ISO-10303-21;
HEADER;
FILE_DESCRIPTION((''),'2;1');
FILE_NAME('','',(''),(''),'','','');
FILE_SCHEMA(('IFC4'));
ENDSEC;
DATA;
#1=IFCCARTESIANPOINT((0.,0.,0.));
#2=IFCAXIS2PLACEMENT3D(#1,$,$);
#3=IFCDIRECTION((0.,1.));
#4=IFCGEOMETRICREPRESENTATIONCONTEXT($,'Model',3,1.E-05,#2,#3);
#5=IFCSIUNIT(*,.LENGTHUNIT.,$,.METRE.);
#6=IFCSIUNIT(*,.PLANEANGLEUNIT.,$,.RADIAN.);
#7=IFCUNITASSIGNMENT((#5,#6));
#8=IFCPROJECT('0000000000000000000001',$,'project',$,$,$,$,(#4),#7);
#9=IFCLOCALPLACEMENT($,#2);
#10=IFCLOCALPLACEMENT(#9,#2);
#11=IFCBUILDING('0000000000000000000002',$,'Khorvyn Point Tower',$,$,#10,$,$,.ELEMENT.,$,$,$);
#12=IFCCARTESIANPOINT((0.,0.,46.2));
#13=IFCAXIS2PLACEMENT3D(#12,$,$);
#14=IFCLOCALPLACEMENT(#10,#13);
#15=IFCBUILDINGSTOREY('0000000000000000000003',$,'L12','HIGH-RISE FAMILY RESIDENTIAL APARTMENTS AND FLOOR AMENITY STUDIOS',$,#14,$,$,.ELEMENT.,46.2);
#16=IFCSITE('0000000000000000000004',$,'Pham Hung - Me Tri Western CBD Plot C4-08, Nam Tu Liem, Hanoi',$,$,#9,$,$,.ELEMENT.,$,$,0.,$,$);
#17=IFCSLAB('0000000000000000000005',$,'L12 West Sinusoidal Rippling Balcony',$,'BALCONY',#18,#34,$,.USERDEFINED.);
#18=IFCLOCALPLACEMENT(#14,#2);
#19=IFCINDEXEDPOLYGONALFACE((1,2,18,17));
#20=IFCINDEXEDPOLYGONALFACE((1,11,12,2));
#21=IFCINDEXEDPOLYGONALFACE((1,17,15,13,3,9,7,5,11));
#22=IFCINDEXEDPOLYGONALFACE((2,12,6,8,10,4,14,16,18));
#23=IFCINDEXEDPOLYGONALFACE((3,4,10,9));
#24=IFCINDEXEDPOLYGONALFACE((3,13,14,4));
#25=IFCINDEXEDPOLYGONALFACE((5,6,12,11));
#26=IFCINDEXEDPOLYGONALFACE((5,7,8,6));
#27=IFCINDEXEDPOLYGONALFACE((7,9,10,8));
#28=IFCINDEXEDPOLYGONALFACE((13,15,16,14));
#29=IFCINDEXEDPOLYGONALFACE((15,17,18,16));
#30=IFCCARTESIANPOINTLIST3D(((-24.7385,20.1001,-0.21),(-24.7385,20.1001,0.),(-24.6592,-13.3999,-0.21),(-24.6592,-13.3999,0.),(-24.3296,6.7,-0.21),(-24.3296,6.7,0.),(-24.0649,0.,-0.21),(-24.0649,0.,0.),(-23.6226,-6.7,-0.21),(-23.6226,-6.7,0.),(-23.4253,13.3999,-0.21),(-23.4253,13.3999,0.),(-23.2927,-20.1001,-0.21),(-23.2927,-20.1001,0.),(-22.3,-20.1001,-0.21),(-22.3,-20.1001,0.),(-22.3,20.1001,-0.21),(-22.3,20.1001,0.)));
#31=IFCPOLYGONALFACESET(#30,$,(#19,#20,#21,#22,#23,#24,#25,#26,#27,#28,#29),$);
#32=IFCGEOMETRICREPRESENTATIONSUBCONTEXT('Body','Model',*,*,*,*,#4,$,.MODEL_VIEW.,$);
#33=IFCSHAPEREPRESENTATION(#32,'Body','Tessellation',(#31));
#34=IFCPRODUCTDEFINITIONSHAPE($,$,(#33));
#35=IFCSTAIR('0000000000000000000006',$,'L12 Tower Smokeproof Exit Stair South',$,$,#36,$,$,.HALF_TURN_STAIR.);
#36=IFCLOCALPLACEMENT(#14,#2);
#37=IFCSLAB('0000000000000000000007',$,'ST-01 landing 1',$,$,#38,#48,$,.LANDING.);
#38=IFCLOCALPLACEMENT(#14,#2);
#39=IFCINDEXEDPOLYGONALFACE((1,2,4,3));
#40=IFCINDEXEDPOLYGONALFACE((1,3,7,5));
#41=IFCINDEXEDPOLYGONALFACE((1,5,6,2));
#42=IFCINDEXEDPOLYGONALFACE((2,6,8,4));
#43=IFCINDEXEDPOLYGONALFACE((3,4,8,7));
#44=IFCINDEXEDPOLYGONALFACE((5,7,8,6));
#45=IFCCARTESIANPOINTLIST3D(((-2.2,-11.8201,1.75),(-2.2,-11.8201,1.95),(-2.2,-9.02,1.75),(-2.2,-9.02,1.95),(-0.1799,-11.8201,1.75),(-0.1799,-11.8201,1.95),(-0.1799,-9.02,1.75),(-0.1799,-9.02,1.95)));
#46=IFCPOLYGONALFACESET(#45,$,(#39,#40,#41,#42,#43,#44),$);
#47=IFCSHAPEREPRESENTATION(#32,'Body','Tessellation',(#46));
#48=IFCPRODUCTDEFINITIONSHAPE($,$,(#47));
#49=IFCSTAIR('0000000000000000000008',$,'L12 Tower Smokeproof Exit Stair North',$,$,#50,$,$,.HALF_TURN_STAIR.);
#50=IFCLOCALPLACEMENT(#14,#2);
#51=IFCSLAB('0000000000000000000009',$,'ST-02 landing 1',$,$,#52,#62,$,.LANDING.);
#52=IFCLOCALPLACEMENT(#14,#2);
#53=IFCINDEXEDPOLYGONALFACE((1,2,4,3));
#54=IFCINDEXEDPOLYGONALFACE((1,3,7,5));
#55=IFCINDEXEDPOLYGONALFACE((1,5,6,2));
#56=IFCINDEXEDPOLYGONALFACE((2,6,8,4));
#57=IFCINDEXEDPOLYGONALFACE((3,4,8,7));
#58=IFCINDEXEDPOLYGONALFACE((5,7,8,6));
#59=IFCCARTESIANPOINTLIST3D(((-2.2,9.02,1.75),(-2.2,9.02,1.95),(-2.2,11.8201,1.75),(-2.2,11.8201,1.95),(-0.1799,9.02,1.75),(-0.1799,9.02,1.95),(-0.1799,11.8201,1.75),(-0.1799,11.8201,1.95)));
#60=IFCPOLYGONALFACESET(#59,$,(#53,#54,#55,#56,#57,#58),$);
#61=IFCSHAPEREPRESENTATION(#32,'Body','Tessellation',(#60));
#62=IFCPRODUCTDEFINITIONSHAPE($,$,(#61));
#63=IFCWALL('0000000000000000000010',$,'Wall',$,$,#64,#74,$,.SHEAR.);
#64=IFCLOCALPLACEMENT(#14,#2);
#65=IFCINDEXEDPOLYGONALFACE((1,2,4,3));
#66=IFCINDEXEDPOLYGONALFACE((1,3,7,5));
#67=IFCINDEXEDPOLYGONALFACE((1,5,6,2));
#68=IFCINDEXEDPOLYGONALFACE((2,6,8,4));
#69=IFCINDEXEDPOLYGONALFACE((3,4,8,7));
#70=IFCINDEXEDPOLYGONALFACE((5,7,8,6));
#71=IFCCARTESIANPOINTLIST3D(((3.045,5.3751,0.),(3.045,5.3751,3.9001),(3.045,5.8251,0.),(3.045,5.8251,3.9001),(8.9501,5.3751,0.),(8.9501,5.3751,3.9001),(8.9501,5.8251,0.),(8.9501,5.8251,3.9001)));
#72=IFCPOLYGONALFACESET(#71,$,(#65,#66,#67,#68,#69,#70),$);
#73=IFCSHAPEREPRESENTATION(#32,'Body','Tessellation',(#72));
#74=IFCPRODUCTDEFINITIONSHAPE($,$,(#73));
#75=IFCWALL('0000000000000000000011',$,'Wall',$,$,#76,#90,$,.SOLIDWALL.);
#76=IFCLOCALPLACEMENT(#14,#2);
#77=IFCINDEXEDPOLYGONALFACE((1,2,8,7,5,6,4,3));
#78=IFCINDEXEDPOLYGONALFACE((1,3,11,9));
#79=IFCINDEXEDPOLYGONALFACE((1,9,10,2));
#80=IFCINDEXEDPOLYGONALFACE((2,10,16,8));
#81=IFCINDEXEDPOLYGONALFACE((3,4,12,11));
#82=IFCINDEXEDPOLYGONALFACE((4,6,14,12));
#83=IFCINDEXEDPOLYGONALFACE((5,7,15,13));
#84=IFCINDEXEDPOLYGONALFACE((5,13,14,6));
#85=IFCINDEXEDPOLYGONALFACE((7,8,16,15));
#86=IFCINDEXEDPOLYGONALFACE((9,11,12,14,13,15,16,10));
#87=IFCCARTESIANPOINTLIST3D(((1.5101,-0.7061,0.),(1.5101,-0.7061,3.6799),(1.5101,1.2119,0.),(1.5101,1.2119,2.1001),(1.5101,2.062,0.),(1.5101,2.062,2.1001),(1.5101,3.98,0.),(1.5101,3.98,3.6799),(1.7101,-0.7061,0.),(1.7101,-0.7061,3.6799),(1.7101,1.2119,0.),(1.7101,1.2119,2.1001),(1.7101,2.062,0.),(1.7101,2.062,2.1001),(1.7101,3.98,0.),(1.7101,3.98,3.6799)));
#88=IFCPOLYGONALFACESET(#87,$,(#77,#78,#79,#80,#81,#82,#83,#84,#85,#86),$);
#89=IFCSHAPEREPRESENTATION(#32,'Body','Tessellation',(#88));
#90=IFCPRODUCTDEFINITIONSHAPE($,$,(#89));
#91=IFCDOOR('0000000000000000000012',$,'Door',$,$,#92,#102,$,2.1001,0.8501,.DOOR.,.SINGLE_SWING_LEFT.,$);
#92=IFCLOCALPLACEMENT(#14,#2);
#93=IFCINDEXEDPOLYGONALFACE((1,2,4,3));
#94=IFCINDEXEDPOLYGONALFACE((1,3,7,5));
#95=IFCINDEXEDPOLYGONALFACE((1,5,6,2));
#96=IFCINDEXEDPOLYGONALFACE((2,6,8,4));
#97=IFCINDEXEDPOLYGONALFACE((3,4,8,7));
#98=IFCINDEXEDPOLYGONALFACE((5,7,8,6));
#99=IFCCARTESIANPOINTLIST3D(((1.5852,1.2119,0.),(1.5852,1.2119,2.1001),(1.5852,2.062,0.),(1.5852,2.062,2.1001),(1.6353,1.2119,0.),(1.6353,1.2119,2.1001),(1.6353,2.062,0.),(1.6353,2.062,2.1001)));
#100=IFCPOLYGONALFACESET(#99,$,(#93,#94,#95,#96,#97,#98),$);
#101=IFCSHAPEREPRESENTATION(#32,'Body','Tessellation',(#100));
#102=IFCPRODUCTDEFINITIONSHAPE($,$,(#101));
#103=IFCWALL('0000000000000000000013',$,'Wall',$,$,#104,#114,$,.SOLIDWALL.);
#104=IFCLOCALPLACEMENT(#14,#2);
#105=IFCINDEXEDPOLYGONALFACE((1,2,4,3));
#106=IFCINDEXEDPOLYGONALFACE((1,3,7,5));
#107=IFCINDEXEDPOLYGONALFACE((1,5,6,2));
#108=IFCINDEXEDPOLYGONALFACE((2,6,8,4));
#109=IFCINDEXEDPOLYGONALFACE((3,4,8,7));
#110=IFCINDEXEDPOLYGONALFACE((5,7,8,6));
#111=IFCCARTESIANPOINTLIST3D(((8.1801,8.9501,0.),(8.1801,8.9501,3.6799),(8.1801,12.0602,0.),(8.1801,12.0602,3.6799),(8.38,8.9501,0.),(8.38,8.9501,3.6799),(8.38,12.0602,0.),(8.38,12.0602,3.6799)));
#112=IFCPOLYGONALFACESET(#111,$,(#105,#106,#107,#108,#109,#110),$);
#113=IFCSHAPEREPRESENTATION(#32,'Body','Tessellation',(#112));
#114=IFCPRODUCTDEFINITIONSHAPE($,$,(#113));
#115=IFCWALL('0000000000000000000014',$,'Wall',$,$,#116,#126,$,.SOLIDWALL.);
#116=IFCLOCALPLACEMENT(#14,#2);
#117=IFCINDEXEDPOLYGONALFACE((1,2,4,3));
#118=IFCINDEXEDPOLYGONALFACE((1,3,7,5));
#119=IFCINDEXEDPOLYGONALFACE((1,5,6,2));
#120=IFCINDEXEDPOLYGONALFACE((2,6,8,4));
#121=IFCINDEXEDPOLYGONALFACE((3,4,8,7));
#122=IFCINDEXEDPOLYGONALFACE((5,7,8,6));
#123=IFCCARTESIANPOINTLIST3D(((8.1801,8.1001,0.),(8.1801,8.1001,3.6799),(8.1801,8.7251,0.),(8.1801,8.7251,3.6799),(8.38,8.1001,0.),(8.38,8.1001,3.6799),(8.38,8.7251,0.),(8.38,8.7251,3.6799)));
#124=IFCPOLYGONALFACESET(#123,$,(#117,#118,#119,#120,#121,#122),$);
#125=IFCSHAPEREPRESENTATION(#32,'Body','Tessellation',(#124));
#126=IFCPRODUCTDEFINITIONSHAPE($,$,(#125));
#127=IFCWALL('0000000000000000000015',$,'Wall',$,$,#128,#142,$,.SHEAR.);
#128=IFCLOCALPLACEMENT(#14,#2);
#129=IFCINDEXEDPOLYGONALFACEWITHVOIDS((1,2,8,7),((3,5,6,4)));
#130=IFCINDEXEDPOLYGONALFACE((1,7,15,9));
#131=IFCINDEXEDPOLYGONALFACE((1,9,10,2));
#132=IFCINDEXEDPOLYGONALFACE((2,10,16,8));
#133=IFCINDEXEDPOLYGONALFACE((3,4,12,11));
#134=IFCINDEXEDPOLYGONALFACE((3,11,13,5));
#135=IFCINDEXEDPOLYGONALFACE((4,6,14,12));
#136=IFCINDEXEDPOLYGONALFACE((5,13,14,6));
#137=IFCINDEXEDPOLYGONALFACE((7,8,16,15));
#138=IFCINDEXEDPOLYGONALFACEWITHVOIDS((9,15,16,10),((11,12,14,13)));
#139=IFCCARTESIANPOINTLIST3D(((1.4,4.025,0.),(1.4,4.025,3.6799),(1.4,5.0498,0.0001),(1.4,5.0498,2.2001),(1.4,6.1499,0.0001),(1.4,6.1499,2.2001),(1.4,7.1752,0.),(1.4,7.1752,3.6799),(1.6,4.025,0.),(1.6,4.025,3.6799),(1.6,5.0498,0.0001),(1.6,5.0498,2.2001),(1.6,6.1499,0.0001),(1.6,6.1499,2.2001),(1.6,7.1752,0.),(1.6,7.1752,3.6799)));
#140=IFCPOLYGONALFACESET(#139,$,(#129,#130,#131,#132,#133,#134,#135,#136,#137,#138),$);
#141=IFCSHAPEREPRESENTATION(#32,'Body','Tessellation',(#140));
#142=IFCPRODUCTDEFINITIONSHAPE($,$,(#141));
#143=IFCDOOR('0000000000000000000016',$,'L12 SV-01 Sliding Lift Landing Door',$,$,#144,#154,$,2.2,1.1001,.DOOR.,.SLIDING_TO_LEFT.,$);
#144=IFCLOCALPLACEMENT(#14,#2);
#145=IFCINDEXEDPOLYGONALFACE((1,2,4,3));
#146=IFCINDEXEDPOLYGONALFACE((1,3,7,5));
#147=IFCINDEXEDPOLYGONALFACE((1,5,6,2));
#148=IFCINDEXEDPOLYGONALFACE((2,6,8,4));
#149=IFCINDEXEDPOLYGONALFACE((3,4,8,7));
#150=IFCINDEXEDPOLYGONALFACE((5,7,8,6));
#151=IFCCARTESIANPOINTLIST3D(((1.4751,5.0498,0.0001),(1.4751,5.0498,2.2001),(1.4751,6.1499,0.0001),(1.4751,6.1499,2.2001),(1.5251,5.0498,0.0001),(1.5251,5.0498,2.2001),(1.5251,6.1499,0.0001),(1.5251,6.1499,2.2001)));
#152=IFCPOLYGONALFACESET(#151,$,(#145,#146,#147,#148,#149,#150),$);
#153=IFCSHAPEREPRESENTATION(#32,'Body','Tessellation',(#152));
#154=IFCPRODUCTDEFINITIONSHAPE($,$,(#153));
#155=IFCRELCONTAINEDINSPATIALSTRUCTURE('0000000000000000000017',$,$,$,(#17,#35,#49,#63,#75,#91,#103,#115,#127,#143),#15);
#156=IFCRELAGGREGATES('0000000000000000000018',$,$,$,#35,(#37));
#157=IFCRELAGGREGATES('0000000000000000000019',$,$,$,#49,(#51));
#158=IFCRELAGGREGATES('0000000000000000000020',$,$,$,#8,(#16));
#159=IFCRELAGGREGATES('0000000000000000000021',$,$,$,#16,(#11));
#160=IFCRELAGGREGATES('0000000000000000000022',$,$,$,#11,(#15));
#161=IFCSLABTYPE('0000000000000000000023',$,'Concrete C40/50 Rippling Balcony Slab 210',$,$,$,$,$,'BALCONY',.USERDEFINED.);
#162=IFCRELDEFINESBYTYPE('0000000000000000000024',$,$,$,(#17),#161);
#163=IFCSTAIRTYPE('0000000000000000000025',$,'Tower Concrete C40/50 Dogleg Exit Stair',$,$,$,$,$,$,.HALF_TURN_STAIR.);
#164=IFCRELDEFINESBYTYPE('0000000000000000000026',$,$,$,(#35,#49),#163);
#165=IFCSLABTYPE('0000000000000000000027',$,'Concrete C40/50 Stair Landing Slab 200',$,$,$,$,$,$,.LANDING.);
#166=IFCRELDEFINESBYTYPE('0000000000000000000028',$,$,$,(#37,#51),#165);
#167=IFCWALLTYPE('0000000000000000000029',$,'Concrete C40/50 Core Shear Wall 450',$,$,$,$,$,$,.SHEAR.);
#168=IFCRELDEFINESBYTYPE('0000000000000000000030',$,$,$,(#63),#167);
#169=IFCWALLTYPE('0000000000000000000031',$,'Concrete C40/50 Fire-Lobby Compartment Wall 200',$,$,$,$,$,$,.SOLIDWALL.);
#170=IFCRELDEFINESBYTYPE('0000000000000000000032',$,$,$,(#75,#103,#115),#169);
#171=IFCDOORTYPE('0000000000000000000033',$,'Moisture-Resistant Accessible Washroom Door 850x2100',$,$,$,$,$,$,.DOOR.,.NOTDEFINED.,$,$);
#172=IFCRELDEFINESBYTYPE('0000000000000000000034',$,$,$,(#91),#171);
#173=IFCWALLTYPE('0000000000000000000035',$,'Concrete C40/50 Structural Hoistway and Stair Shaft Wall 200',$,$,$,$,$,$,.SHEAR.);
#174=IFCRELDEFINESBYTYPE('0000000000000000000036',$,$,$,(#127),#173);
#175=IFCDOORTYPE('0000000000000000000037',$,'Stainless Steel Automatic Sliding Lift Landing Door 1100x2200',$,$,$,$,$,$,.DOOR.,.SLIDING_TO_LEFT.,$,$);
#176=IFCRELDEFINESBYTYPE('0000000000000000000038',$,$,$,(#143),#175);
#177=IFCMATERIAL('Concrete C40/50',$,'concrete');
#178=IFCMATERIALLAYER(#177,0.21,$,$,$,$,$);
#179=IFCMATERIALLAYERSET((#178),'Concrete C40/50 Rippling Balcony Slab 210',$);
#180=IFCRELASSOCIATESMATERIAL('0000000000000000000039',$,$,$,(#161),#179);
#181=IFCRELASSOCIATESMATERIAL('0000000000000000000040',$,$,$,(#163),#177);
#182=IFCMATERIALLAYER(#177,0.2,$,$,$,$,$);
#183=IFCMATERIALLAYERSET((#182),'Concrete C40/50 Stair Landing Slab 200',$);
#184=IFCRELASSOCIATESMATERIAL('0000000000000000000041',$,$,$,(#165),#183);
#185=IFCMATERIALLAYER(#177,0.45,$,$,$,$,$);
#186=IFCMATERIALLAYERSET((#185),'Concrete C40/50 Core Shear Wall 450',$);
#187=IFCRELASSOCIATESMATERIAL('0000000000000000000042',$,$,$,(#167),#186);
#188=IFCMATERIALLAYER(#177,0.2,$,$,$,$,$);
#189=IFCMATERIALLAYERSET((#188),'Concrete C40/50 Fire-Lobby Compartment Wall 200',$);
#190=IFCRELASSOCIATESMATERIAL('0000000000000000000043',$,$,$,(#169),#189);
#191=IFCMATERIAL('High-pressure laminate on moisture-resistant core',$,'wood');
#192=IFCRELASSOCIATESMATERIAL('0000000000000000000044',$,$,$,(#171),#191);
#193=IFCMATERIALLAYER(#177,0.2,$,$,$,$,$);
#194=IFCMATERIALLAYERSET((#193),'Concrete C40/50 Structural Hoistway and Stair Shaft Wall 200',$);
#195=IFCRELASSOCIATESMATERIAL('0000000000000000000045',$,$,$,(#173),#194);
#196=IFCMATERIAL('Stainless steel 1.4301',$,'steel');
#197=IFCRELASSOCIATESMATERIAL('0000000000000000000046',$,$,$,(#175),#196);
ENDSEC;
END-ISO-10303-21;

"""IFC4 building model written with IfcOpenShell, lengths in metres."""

from ifc_helpers import new_model, si_unit, direction, frame, frame_2d, origin, place, context, subcontext, project, spatial, polyline, rectangle, outline, extrude, material, layer, layer_set, type_object, element, fill, aggregate, save


model = new_model("IFC4")

# Units and contexts
model_context = context("Model", 3, precision=1e-05, world=origin(), true_north=direction((0.0, 1.0)))
body_context = subcontext(model_context, "Body", "Model", "MODEL_VIEW")
ifc_project = project(units=[si_unit("LENGTHUNIT", "METRE"), si_unit("PLANEANGLEUNIT", "RADIAN")], contexts=[model_context])

# Site, building, storey
site_placement = place(None, origin())
site = spatial("IfcSite", under=ifc_project, at=site_placement, Name="Pham Hung - Me Tri Western CBD Plot C4-08, Nam Tu Liem, Hanoi", CompositionType="ELEMENT", RefElevation=0.0)
building_placement = place(site_placement, origin())
building = spatial("IfcBuilding", under=site, at=building_placement, Name="Khorvyn Point Tower", CompositionType="ELEMENT")
storey_placement = place(building_placement, frame((0.0, 0.0, 46.2)))
storey = spatial("IfcBuildingStorey", under=building, at=storey_placement, Name="L12", Description="HIGH-RISE FAMILY RESIDENTIAL APARTMENTS AND FLOOR AMENITY STUDIOS", CompositionType="ELEMENT", Elevation=46.2)

# Shared definitions
ifc_material_1 = material(Name="Concrete C40/50", Category="concrete")

# Slab
ifc_layer_1 = layer(ifc_material_1, 0.21)
ifc_layer_set_1 = layer_set([ifc_layer_1], Name="Concrete C40/50 Rippling Balcony Slab 210")
slab_type_1 = type_object("IfcSlabType", Name="Concrete C40/50 Rippling Balcony Slab 210", ElementType="BALCONY", PredefinedType="USERDEFINED", material=ifc_layer_set_1)
slab_1_placement = place(storey_placement, frame((0.0, 0.0, -0.21)))
element("IfcSlab", 1, at=slab_1_placement, inside=storey, type_object=slab_type_1, Name="L12 West Sinusoidal Rippling Balcony", ObjectType="BALCONY", PredefinedType="USERDEFINED", context=body_context, shape_type="SweptSolid", body=[
    extrude(outline(polyline([(-22.3, 20.1001), (-24.7385, 20.1001), (-23.4253, 13.3999), (-24.3296, 6.7), (-24.0649, 0.0), (-23.6226, -6.7), (-24.6592, -13.3999), (-23.2927, -20.1001), (-22.3, -20.1001), (-22.3, 20.1001)])), origin(), (0.0, 0.0, 1.0), 0.21),
])

# Stairs, slabs
stair_type = type_object("IfcStairType", Name="Tower Concrete C40/50 Dogleg Exit Stair", PredefinedType="HALF_TURN_STAIR", material=ifc_material_1)
stair_1_placement = place(storey_placement, origin())
stair_1 = element("IfcStair", 2, at=stair_1_placement, inside=storey, type_object=stair_type, Name="L12 Tower Smokeproof Exit Stair South", PredefinedType="HALF_TURN_STAIR")
ifc_layer_2 = layer(ifc_material_1, 0.2)
ifc_layer_set_2 = layer_set([ifc_layer_2], Name="Concrete C40/50 Stair Landing Slab 200")
slab_type_2 = type_object("IfcSlabType", Name="Concrete C40/50 Stair Landing Slab 200", PredefinedType="LANDING", material=ifc_layer_set_2)
slab_2_placement = place(storey_placement, frame((0.0, 0.0, 1.75)))
slab_2 = element("IfcSlab", 3, at=slab_2_placement, type_object=slab_type_2, Name="ST-01 landing 1", PredefinedType="LANDING", context=body_context, shape_type="SweptSolid", body=[
    extrude(outline(polyline([(-0.1799, -9.02), (-2.2, -9.02), (-2.2, -11.8201), (-0.1799, -11.8201), (-0.1799, -9.02)])), origin(), (0.0, 0.0, 1.0), 0.2),
])
aggregate(stair_1, [slab_2])
stair_2_placement = place(storey_placement, origin())
stair_2 = element("IfcStair", 4, at=stair_2_placement, inside=storey, type_object=stair_type, Name="L12 Tower Smokeproof Exit Stair North", PredefinedType="HALF_TURN_STAIR")
slab_3_placement = place(storey_placement, frame((0.0, 0.0, 1.75)))
slab_3 = element("IfcSlab", 5, at=slab_3_placement, type_object=slab_type_2, Name="ST-02 landing 1", PredefinedType="LANDING", context=body_context, shape_type="SweptSolid", body=[
    extrude(outline(polyline([(-0.1799, 11.8201), (-2.2, 11.8201), (-2.2, 9.02), (-0.1799, 9.02), (-0.1799, 11.8201)])), origin(), (0.0, 0.0, 1.0), 0.2),
])

# Wall
ifc_layer_3 = layer(ifc_material_1, 0.45)
ifc_layer_set_3 = layer_set([ifc_layer_3], Name="Concrete C40/50 Core Shear Wall 450")
wall_type_1 = type_object("IfcWallType", Name="Concrete C40/50 Core Shear Wall 450", PredefinedType="SHEAR", material=ifc_layer_set_3)
wall_1_placement = place(storey_placement, frame((3.0449, 5.6001, 0.0), z_axis=(0.0, 0.0, 1.0), x_axis=(1.0, 0.0, 0.0)))
element("IfcWall", 6, at=wall_1_placement, inside=storey, type_object=wall_type_1, Name="Wall", PredefinedType="SHEAR", context=body_context, shape_type="SweptSolid", body=[
    extrude(rectangle(XDim=5.905, YDim=0.45, at=frame_2d((2.9526, 0.0))), origin(), (0.0, 0.0, 1.0), 3.9001),
])

# Wall, opening, door
ifc_layer_4 = layer(ifc_material_1, 0.2)
ifc_layer_set_4 = layer_set([ifc_layer_4], Name="Concrete C40/50 Fire-Lobby Compartment Wall 200")
wall_type_2 = type_object("IfcWallType", Name="Concrete C40/50 Fire-Lobby Compartment Wall 200", PredefinedType="SOLIDWALL", material=ifc_layer_set_4)
wall_2_placement = place(storey_placement, frame((1.6101, -0.7061, 0.0), z_axis=(0.0, 0.0, 1.0), x_axis=(0.0, 1.0, 0.0)))
wall_2 = element("IfcWall", 7, at=wall_2_placement, inside=storey, type_object=wall_type_2, Name="Wall", PredefinedType="SOLIDWALL", context=body_context, shape_type="SweptSolid", body=[
    extrude(rectangle(XDim=4.686, YDim=0.2, at=frame_2d((2.343, 0.0))), origin(), (0.0, 0.0, 1.0), 3.6799),
])
opening_1_placement = place(wall_2_placement, frame((1.918, 0.0, 0.0)))
opening_1 = element("IfcOpeningElement", 8, at=opening_1_placement, cuts=wall_2, PredefinedType="OPENING", context=body_context, shape_type="SweptSolid", body=[
    extrude(rectangle(XDim=0.8501, YDim=2.1001, at=frame_2d((0.425, 1.05))), frame((0.0, 0.1099, 0.0), z_axis=(0.0, -1.0, 0.0), x_axis=(1.0, 0.0, 0.0)), (0.0, 0.0, 1.0), 0.22),
])
ifc_material_2 = material(Name="High-pressure laminate on moisture-resistant core", Category="wood")
door_type_1 = type_object("IfcDoorType", Name="Moisture-Resistant Accessible Washroom Door 850x2100", OperationType="NOTDEFINED", PredefinedType="DOOR", material=ifc_material_2)
door_1_placement = place(opening_1_placement, origin())
door_1 = element("IfcDoor", 9, at=door_1_placement, inside=storey, type_object=door_type_1, Name="Door", OperationType="SINGLE_SWING_LEFT", OverallHeight=2.1001, OverallWidth=0.8501, PredefinedType="DOOR", context=body_context, shape_type="SweptSolid", body=[
    extrude(rectangle(XDim=0.8501, YDim=2.1001, at=frame_2d((0.425, 1.05))), frame((0.0, 0.0249, 0.0), z_axis=(0.0, -1.0, 0.0), x_axis=(1.0, 0.0, 0.0)), (0.0, 0.0, 1.0), 0.05),
])
fill(opening_1, door_1)

# Walls
wall_3_placement = place(storey_placement, frame((8.28, 8.95, 0.0), z_axis=(0.0, 0.0, 1.0), x_axis=(0.0, 1.0, 0.0)))
element("IfcWall", 10, at=wall_3_placement, inside=storey, type_object=wall_type_2, Name="Wall", PredefinedType="SOLIDWALL", context=body_context, shape_type="SweptSolid", body=[
    extrude(rectangle(XDim=3.1101, YDim=0.2, at=frame_2d((1.5552, 0.0))), origin(), (0.0, 0.0, 1.0), 3.6799),
])
wall_4_placement = place(storey_placement, frame((8.28, 8.1001, 0.0), z_axis=(0.0, 0.0, 1.0), x_axis=(0.0, 1.0, 0.0)))
element("IfcWall", 11, at=wall_4_placement, inside=storey, type_object=wall_type_2, Name="Wall", PredefinedType="SOLIDWALL", context=body_context, shape_type="SweptSolid", body=[
    extrude(rectangle(XDim=0.625, YDim=0.2, at=frame_2d((0.3125, 0.0))), origin(), (0.0, 0.0, 1.0), 3.6799),
])

# Wall, opening, door
ifc_layer_5 = layer(ifc_material_1, 0.2)
ifc_layer_set_5 = layer_set([ifc_layer_5], Name="Concrete C40/50 Structural Hoistway and Stair Shaft Wall 200")
wall_type_3 = type_object("IfcWallType", Name="Concrete C40/50 Structural Hoistway and Stair Shaft Wall 200", PredefinedType="SHEAR", material=ifc_layer_set_5)
wall_5_placement = place(storey_placement, frame((1.5, 4.0249, 0.0), z_axis=(0.0, 0.0, 1.0), x_axis=(0.0, 1.0, 0.0)))
wall_5 = element("IfcWall", 12, at=wall_5_placement, inside=storey, type_object=wall_type_3, Name="Wall", PredefinedType="SHEAR", context=body_context, shape_type="SweptSolid", body=[
    extrude(rectangle(XDim=3.1501, YDim=0.2, at=frame_2d((1.5752, 0.0))), origin(), (0.0, 0.0, 1.0), 3.6799),
])
opening_2_placement = place(wall_5_placement, frame((1.0249, 0.0, 0.0)))
opening_2 = element("IfcOpeningElement", 13, at=opening_2_placement, cuts=wall_5, PredefinedType="OPENING", context=body_context, shape_type="SweptSolid", body=[
    extrude(rectangle(XDim=1.1001, YDim=2.2, at=frame_2d((0.55, 1.1001))), frame((0.0, 0.1099, 0.0), z_axis=(0.0, -1.0, 0.0), x_axis=(1.0, 0.0, 0.0)), (0.0, 0.0, 1.0), 0.22),
])
ifc_material_3 = material(Name="Stainless steel 1.4301", Category="steel")
door_type_2 = type_object("IfcDoorType", Name="Stainless Steel Automatic Sliding Lift Landing Door 1100x2200", OperationType="SLIDING_TO_LEFT", PredefinedType="DOOR", material=ifc_material_3)
door_2_placement = place(opening_2_placement, origin())
door_2 = element("IfcDoor", 14, at=door_2_placement, inside=storey, type_object=door_type_2, Name="L12 SV-01 Sliding Lift Landing Door", OperationType="SLIDING_TO_LEFT", OverallHeight=2.2, OverallWidth=1.1001, PredefinedType="DOOR", context=body_context, shape_type="SweptSolid", body=[
    extrude(rectangle(XDim=1.1001, YDim=2.2, at=frame_2d((0.55, 1.1001))), frame((0.0, 0.0249, 0.0), z_axis=(0.0, -1.0, 0.0), x_axis=(1.0, 0.0, 0.0)), (0.0, 0.0, 1.0), 0.05),
])
fill(opening_2, door_2)

aggregate(stair_2, [slab_3])

save(model, "model.ifc")
